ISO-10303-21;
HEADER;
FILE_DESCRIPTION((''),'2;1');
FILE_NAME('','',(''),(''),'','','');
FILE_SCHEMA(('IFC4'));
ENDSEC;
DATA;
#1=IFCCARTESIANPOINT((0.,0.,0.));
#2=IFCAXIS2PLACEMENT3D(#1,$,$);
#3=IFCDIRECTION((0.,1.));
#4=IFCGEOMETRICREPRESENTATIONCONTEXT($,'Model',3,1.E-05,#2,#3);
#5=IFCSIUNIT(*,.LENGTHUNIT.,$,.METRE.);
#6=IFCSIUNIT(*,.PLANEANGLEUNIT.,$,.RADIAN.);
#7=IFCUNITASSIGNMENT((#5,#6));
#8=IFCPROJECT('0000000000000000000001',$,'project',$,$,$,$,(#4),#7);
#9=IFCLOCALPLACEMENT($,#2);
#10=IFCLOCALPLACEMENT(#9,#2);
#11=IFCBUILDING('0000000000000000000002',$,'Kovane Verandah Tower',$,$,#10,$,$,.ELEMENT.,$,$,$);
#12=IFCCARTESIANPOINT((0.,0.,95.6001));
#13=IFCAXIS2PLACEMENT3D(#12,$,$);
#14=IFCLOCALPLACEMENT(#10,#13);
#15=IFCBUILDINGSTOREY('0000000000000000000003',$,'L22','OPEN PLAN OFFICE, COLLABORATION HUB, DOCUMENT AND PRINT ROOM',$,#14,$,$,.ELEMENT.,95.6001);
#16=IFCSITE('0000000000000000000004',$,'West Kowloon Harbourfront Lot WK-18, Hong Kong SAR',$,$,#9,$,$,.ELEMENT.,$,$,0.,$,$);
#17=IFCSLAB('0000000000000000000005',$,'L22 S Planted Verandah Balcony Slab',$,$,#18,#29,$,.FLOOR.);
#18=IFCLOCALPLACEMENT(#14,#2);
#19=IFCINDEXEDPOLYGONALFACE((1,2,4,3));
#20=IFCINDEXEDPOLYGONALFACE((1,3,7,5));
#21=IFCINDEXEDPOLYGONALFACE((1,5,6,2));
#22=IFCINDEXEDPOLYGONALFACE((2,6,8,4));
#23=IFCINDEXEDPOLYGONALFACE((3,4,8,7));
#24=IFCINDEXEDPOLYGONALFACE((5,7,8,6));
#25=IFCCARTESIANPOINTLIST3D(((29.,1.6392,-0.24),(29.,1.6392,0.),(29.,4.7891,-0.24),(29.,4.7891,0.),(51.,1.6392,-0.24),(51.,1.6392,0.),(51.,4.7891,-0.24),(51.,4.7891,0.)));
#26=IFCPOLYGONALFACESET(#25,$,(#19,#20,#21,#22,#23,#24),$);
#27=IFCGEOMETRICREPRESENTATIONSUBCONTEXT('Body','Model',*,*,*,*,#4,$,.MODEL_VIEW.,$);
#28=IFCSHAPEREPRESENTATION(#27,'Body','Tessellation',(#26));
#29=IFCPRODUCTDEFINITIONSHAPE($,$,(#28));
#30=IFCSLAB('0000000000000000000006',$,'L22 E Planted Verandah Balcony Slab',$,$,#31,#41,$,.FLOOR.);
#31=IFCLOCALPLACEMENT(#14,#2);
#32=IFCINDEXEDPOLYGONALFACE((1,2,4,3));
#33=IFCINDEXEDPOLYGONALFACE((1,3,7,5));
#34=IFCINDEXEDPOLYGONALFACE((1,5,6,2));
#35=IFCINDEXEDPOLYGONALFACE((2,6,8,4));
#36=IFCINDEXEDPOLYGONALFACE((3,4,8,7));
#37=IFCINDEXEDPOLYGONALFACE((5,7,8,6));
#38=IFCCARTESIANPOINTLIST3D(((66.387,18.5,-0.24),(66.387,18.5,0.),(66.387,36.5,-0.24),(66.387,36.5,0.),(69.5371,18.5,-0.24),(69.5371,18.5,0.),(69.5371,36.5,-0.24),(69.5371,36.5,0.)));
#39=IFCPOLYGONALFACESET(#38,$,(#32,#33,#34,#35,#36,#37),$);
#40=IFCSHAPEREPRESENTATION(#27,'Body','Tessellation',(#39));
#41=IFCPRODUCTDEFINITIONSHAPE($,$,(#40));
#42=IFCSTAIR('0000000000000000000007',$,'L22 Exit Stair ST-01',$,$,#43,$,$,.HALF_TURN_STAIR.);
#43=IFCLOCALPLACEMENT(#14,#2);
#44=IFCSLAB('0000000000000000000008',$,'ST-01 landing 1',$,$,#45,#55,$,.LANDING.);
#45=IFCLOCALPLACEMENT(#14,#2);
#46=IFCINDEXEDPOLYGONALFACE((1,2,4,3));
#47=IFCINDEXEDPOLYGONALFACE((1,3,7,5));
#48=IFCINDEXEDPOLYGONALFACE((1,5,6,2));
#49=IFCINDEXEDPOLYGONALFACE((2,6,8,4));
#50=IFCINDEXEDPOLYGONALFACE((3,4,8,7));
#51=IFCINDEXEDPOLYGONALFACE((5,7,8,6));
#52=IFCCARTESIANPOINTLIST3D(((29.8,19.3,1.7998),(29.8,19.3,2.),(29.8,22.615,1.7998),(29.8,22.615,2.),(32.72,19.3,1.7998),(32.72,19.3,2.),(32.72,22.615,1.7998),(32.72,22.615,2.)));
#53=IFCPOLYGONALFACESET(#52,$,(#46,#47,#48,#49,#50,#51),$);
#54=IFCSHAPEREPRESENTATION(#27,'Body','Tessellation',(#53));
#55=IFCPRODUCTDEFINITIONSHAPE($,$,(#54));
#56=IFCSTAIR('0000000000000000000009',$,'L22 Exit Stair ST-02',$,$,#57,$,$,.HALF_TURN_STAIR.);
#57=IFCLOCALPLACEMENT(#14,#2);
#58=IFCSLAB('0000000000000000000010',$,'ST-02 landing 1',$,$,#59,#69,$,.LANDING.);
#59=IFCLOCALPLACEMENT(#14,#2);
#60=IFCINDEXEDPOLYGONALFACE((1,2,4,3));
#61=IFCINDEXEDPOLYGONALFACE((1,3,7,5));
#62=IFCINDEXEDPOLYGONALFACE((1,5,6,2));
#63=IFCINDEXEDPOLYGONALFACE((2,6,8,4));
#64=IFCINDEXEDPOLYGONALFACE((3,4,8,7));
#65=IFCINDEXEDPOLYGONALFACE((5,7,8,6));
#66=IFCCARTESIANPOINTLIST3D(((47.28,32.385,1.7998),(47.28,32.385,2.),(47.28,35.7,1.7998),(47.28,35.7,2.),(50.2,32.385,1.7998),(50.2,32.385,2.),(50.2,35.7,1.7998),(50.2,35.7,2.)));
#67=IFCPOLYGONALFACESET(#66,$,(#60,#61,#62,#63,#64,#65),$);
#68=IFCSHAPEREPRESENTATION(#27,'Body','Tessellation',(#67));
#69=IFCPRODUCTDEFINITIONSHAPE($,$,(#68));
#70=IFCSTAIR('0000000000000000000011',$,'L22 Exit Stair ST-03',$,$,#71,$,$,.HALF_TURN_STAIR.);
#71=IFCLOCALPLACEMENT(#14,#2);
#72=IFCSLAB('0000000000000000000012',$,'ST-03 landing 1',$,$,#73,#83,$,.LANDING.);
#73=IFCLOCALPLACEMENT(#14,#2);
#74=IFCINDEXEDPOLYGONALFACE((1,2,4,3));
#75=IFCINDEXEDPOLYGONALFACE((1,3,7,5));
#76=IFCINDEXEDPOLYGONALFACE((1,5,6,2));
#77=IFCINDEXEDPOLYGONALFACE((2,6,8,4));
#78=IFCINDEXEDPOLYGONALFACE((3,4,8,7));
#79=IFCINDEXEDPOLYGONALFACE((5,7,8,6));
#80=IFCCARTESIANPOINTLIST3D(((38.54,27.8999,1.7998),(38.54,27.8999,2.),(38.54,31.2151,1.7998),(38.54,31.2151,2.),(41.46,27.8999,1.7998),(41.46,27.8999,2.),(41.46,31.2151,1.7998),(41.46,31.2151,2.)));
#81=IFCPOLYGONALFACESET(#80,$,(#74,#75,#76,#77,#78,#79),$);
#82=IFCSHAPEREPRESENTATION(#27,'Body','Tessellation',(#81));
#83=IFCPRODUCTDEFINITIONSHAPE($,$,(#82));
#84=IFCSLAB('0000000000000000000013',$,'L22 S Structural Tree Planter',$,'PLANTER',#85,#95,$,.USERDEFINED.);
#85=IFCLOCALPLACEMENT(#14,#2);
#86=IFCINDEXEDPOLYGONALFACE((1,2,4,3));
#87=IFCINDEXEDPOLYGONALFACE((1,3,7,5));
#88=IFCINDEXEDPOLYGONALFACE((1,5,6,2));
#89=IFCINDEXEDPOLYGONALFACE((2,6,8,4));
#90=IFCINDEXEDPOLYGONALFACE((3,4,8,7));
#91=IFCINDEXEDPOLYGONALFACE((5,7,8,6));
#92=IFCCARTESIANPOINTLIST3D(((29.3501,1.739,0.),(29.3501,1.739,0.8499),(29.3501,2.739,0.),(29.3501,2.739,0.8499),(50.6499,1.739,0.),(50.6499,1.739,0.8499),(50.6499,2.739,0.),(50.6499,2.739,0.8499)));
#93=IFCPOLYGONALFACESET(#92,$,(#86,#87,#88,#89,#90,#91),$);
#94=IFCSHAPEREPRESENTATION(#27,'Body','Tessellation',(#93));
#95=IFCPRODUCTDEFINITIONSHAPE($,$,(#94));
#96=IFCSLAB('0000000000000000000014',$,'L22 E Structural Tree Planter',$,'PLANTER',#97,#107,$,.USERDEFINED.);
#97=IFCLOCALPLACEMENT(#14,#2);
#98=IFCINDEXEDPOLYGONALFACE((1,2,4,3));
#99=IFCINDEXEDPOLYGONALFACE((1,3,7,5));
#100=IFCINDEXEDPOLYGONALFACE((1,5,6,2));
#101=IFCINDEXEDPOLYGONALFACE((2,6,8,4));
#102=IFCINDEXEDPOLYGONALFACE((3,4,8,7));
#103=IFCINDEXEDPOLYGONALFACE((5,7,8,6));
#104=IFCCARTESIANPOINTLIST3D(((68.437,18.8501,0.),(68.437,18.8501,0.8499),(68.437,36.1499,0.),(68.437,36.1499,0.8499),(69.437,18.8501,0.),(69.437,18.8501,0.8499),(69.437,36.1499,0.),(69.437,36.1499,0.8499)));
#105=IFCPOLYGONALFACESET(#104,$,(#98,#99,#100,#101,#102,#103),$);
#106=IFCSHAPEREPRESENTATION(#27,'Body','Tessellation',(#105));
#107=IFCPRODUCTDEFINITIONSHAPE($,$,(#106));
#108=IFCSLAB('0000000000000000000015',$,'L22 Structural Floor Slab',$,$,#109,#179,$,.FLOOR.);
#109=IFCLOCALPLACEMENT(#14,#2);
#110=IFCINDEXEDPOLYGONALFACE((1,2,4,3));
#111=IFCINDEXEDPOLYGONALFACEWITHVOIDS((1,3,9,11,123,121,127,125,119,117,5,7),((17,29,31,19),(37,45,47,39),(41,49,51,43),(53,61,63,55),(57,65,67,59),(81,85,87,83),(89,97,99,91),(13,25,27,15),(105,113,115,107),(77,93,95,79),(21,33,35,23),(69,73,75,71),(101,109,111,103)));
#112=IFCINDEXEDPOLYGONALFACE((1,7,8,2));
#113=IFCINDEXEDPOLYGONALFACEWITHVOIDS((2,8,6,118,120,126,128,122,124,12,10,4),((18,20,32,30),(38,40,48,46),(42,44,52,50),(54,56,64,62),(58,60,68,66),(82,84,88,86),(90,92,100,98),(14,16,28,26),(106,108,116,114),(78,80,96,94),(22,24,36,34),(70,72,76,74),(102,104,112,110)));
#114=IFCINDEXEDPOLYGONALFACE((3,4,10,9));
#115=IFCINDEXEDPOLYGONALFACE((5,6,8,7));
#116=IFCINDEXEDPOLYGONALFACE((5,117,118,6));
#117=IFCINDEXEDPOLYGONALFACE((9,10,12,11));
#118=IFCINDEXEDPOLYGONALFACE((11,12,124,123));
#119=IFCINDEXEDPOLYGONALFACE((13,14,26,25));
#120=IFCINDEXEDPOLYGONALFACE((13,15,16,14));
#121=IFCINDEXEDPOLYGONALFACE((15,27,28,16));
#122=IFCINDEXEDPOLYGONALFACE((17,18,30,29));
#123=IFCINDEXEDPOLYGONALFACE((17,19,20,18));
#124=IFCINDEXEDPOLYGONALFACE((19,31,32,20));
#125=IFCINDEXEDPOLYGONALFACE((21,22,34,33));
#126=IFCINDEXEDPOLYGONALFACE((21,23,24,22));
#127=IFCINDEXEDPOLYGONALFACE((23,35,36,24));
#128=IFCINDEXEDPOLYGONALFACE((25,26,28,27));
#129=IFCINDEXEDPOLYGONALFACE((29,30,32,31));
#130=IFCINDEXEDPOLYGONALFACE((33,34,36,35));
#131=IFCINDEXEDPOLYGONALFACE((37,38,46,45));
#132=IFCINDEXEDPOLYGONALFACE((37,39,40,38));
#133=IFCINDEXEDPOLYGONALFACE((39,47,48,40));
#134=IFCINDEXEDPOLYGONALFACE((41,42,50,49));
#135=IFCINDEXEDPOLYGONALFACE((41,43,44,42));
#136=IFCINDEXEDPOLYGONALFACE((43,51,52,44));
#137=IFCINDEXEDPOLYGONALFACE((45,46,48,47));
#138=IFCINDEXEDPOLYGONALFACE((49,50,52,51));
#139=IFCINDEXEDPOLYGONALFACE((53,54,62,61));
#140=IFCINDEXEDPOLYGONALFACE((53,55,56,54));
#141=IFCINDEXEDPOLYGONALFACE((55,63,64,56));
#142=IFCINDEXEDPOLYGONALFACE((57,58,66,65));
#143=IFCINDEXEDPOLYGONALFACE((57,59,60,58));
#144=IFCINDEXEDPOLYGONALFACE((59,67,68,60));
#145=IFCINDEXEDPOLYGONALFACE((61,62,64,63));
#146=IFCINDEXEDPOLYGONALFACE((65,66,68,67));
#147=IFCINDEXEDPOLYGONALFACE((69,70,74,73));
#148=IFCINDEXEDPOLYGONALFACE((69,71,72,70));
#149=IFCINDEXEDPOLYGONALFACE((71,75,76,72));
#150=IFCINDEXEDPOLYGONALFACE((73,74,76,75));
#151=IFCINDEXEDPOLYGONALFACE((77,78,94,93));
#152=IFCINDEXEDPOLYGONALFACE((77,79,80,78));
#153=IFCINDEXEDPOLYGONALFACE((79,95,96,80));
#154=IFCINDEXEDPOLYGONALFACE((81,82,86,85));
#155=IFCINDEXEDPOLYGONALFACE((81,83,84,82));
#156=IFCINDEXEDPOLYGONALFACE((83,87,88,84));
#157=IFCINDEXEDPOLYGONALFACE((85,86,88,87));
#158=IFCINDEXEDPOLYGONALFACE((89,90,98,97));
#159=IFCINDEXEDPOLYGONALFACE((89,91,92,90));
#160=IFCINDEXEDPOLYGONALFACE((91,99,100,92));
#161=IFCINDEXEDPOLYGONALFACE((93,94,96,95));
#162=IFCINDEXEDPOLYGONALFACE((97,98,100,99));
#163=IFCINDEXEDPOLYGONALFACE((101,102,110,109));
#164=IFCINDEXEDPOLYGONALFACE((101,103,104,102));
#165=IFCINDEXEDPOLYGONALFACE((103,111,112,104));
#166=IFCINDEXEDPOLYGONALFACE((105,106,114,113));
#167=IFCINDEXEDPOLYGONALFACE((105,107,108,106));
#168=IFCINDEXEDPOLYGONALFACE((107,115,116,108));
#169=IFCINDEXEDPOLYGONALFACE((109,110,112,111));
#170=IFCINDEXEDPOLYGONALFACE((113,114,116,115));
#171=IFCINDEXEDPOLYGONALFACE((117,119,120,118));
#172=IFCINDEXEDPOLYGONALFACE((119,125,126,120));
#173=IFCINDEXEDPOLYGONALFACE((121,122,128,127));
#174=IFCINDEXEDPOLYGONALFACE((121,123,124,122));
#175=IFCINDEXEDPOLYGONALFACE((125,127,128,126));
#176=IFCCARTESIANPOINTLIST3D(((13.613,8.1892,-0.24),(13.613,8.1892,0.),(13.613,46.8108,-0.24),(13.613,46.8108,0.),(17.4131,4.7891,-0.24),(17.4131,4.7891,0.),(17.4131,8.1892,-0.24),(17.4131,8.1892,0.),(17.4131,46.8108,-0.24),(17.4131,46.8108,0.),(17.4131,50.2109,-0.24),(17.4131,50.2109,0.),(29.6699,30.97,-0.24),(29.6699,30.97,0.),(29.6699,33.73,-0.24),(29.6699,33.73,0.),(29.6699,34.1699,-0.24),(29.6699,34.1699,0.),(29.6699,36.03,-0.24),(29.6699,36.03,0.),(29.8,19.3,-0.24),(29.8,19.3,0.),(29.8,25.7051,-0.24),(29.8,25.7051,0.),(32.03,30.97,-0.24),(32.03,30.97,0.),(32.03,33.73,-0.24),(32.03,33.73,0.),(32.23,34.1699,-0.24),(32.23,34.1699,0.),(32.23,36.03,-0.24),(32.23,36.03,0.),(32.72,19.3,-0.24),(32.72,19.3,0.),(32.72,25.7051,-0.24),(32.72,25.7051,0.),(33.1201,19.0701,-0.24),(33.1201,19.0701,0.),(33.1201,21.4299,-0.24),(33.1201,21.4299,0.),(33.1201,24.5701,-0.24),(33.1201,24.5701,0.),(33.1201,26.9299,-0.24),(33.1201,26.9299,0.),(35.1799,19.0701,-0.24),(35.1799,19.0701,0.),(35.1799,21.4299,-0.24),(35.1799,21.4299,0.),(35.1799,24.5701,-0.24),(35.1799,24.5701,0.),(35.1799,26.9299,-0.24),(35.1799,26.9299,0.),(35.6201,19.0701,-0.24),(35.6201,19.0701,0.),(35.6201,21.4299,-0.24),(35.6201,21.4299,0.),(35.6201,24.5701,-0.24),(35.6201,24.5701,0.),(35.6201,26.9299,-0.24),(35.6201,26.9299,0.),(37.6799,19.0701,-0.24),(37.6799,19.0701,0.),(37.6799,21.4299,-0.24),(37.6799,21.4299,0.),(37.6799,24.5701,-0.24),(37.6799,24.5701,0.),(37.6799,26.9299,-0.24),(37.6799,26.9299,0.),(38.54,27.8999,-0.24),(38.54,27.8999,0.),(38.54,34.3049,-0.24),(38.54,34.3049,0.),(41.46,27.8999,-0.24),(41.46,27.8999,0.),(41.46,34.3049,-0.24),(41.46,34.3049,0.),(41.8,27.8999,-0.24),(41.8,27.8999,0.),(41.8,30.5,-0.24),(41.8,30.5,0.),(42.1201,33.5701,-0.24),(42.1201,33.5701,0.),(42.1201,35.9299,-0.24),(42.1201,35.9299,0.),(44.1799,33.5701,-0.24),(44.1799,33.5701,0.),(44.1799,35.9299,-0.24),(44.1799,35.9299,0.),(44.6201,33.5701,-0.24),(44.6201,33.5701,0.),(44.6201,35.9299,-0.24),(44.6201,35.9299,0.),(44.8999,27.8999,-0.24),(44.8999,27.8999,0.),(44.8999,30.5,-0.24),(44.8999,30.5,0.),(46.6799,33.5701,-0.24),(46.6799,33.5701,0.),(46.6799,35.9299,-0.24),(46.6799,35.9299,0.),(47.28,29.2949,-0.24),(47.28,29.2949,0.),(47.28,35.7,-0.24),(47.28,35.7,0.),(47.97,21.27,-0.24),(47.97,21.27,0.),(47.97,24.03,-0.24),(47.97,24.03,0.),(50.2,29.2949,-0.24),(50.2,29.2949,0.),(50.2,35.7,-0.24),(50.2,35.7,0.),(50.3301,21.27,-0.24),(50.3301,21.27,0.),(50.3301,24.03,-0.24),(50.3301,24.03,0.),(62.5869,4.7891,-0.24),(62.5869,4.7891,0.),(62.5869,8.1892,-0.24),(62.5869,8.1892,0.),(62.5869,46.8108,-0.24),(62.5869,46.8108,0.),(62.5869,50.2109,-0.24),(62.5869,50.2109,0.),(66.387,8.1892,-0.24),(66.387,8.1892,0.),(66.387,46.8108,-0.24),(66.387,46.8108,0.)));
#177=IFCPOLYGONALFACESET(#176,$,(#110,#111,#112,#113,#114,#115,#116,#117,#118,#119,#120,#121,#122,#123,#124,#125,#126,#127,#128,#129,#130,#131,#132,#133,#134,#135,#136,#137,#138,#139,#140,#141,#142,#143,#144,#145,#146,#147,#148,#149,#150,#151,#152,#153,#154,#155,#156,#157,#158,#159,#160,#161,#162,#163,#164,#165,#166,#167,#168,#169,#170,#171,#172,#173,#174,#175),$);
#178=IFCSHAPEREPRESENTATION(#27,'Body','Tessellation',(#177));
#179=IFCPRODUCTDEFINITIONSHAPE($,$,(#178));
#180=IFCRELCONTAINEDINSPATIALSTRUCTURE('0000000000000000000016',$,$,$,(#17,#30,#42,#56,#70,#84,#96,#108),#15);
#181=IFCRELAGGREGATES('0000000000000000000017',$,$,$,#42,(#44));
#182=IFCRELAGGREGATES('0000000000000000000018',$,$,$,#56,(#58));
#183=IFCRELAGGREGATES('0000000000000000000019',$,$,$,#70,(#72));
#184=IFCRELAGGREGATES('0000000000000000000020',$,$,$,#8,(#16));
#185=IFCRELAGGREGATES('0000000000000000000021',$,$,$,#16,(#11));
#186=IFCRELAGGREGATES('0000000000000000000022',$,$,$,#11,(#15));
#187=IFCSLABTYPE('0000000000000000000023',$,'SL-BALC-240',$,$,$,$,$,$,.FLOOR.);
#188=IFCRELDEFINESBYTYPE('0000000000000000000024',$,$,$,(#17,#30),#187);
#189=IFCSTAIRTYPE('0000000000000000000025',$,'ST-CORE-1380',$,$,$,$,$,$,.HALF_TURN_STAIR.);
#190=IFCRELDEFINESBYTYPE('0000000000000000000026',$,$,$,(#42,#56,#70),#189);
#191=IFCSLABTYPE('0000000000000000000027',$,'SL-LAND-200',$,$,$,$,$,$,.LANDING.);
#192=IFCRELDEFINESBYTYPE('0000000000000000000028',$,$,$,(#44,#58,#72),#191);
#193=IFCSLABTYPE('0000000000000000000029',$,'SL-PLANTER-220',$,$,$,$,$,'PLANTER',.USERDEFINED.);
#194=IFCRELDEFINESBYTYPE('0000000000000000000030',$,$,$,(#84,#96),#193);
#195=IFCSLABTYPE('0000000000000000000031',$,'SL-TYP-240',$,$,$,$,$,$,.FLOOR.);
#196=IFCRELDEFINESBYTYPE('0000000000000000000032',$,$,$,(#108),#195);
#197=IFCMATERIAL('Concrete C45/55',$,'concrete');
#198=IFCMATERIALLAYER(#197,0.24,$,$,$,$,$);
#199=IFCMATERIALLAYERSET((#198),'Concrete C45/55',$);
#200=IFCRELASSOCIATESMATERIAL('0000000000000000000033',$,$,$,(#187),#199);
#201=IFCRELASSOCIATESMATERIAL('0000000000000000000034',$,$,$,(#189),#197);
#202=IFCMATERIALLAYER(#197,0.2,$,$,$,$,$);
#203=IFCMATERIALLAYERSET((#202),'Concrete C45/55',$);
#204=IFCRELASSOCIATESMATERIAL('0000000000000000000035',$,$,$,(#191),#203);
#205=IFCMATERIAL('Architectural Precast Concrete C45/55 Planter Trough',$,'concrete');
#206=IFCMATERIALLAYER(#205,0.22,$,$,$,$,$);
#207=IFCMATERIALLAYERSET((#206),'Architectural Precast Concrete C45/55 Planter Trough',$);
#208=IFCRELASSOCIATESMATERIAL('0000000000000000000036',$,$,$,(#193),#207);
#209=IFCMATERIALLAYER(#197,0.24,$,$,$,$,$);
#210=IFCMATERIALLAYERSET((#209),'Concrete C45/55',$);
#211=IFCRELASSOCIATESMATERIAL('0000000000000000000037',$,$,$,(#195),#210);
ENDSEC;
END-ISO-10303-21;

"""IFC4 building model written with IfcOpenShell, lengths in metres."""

from ifc_helpers import new_model, si_unit, direction, frame, origin, place, context, subcontext, project, spatial, polyline, outline, extrude, material, layer, layer_set, type_object, element, aggregate, save


model = new_model("IFC4")

# Units and contexts
model_context = context("Model", 3, precision=1e-05, world=origin(), true_north=direction((0.0, 1.0)))
body_context = subcontext(model_context, "Body", "Model", "MODEL_VIEW")
ifc_project = project(units=[si_unit("LENGTHUNIT", "METRE"), si_unit("PLANEANGLEUNIT", "RADIAN")], contexts=[model_context])

# Site, building, storey
site_placement = place(None, origin())
site = spatial("IfcSite", under=ifc_project, at=site_placement, Name="West Kowloon Harbourfront Lot WK-18, Hong Kong SAR", CompositionType="ELEMENT", RefElevation=0.0)
building_placement = place(site_placement, origin())
building = spatial("IfcBuilding", under=site, at=building_placement, Name="Kovane Verandah Tower", CompositionType="ELEMENT")
storey_placement = place(building_placement, frame((0.0, 0.0, 95.6001)))
storey = spatial("IfcBuildingStorey", under=building, at=storey_placement, Name="L22", Description="OPEN PLAN OFFICE, COLLABORATION HUB, DOCUMENT AND PRINT ROOM", CompositionType="ELEMENT", Elevation=95.6001)

# Slabs
ifc_material_1 = material(Name="Concrete C45/55", Category="concrete")
ifc_layer_1 = layer(ifc_material_1, 0.24)
ifc_layer_set_1 = layer_set([ifc_layer_1], Name="Concrete C45/55")
slab_type_1 = type_object("IfcSlabType", Name="SL-BALC-240", PredefinedType="FLOOR", material=ifc_layer_set_1)
slab_1_placement = place(storey_placement, frame((0.0, 0.0, -0.24)))
element("IfcSlab", 1, at=slab_1_placement, inside=storey, type_object=slab_type_1, Name="L22 S Planted Verandah Balcony Slab", PredefinedType="FLOOR", context=body_context, shape_type="SweptSolid", body=[
    extrude(outline(polyline([(29.0, 1.6392), (51.0, 1.6392), (51.0, 4.7891), (29.0, 4.7891), (29.0, 1.6392)])), origin(), (0.0, 0.0, 1.0), 0.24),
])
slab_2_placement = place(storey_placement, frame((0.0, 0.0, -0.24)))
element("IfcSlab", 2, at=slab_2_placement, inside=storey, type_object=slab_type_1, Name="L22 E Planted Verandah Balcony Slab", PredefinedType="FLOOR", context=body_context, shape_type="SweptSolid", body=[
    extrude(outline(polyline([(66.387, 18.5), (69.5371, 18.5), (69.5371, 36.5), (66.387, 36.5), (66.387, 18.5)])), origin(), (0.0, 0.0, 1.0), 0.24),
])

# Stairs, slabs
stair_type = type_object("IfcStairType", Name="ST-CORE-1380", PredefinedType="HALF_TURN_STAIR", material=ifc_material_1)
stair_1_placement = place(storey_placement, origin())
stair_1 = element("IfcStair", 3, at=stair_1_placement, inside=storey, type_object=stair_type, Name="L22 Exit Stair ST-01", PredefinedType="HALF_TURN_STAIR")
ifc_layer_2 = layer(ifc_material_1, 0.2)
ifc_layer_set_2 = layer_set([ifc_layer_2], Name="Concrete C45/55")
slab_type_2 = type_object("IfcSlabType", Name="SL-LAND-200", PredefinedType="LANDING", material=ifc_layer_set_2)
slab_3_placement = place(storey_placement, frame((0.0, 0.0, 1.7998)))
slab_3 = element("IfcSlab", 4, at=slab_3_placement, type_object=slab_type_2, Name="ST-01 landing 1", PredefinedType="LANDING", context=body_context, shape_type="SweptSolid", body=[
    extrude(outline(polyline([(29.8, 22.615), (29.8, 19.3), (32.72, 19.3), (32.72, 22.615), (29.8, 22.615)])), origin(), (0.0, 0.0, 1.0), 0.2002),
])
aggregate(stair_1, [slab_3])
stair_2_placement = place(storey_placement, origin())
stair_2 = element("IfcStair", 5, at=stair_2_placement, inside=storey, type_object=stair_type, Name="L22 Exit Stair ST-02", PredefinedType="HALF_TURN_STAIR")
slab_4_placement = place(storey_placement, frame((0.0, 0.0, 1.7998)))
slab_4 = element("IfcSlab", 6, at=slab_4_placement, type_object=slab_type_2, Name="ST-02 landing 1", PredefinedType="LANDING", context=body_context, shape_type="SweptSolid", body=[
    extrude(outline(polyline([(50.2, 32.385), (50.2, 35.7), (47.28, 35.7), (47.28, 32.385), (50.2, 32.385)])), origin(), (0.0, 0.0, 1.0), 0.2002),
])
aggregate(stair_2, [slab_4])
stair_3_placement = place(storey_placement, origin())
stair_3 = element("IfcStair", 7, at=stair_3_placement, inside=storey, type_object=stair_type, Name="L22 Exit Stair ST-03", PredefinedType="HALF_TURN_STAIR")
slab_5_placement = place(storey_placement, frame((0.0, 0.0, 1.7998)))
slab_5 = element("IfcSlab", 8, at=slab_5_placement, type_object=slab_type_2, Name="ST-03 landing 1", PredefinedType="LANDING", context=body_context, shape_type="SweptSolid", body=[
    extrude(outline(polyline([(38.54, 31.2151), (38.54, 27.8999), (41.46, 27.8999), (41.46, 31.2151), (38.54, 31.2151)])), origin(), (0.0, 0.0, 1.0), 0.2002),
])
aggregate(stair_3, [slab_5])

# Slabs
ifc_material_2 = material(Name="Architectural Precast Concrete C45/55 Planter Trough", Category="concrete")
ifc_layer_3 = layer(ifc_material_2, 0.22)
ifc_layer_set_3 = layer_set([ifc_layer_3], Name="Architectural Precast Concrete C45/55 Planter Trough")
slab_type_3 = type_object("IfcSlabType", Name="SL-PLANTER-220", ElementType="PLANTER", PredefinedType="USERDEFINED", material=ifc_layer_set_3)
slab_6_placement = place(storey_placement, origin())
element("IfcSlab", 9, at=slab_6_placement, inside=storey, type_object=slab_type_3, Name="L22 S Structural Tree Planter", ObjectType="PLANTER", PredefinedType="USERDEFINED", context=body_context, shape_type="SweptSolid", body=[
    extrude(outline(polyline([(29.3501, 1.739), (50.6499, 1.739), (50.6499, 2.739), (29.3501, 2.739), (29.3501, 1.739)])), origin(), (0.0, 0.0, 1.0), 0.8499),
])
slab_7_placement = place(storey_placement, origin())
element("IfcSlab", 10, at=slab_7_placement, inside=storey, type_object=slab_type_3, Name="L22 E Structural Tree Planter", ObjectType="PLANTER", PredefinedType="USERDEFINED", context=body_context, shape_type="SweptSolid", body=[
    extrude(outline(polyline([(68.437, 18.8501), (69.437, 18.8501), (69.437, 36.1499), (68.437, 36.1499), (68.437, 18.8501)])), origin(), (0.0, 0.0, 1.0), 0.8499),
])
ifc_layer_4 = layer(ifc_material_1, 0.24)
ifc_layer_set_4 = layer_set([ifc_layer_4], Name="Concrete C45/55")
slab_type_4 = type_object("IfcSlabType", Name="SL-TYP-240", PredefinedType="FLOOR", material=ifc_layer_set_4)
slab_8_placement = place(storey_placement, frame((0.0, 0.0, -0.24)))
element("IfcSlab", 11, at=slab_8_placement, inside=storey, type_object=slab_type_4, Name="L22 Structural Floor Slab", PredefinedType="FLOOR", context=body_context, shape_type="SweptSolid", body=[
    extrude(outline(polyline([(17.4131, 4.7891), (62.5869, 4.7891), (62.5869, 8.1892), (66.387, 8.1892), (66.387, 46.8108), (62.5869, 46.8108), (62.5869, 50.2109), (17.4131, 50.2109), (17.4131, 46.8108), (13.613, 46.8108), (13.613, 8.1892), (17.4131, 8.1892), (17.4131, 4.7891)]), holes=[polyline([(29.8, 19.3), (32.72, 19.3), (32.72, 25.7051), (29.8, 25.7051), (29.8, 19.3)]), polyline([(47.28, 29.2949), (50.2, 29.2949), (50.2, 35.7), (47.28, 35.7), (47.28, 29.2949)]), polyline([(38.54, 27.8999), (41.46, 27.8999), (41.46, 34.3049), (38.54, 34.3049), (38.54, 27.8999)]), polyline([(29.6699, 30.97), (32.03, 30.97), (32.03, 33.73), (29.6699, 33.73), (29.6699, 30.97)]), polyline([(47.97, 21.27), (50.3301, 21.27), (50.3301, 24.03), (47.97, 24.03), (47.97, 21.27)]), polyline([(29.6699, 34.1699), (32.23, 34.1699), (32.23, 36.03), (29.6699, 36.03), (29.6699, 34.1699)]), polyline([(33.1201, 19.0701), (35.1799, 19.0701), (35.1799, 21.4299), (33.1201, 21.4299), (33.1201, 19.0701)]), polyline([(35.6201, 19.0701), (37.6799, 19.0701), (37.6799, 21.4299), (35.6201, 21.4299), (35.6201, 19.0701)]), polyline([(33.1201, 24.5701), (35.1799, 24.5701), (35.1799, 26.9299), (33.1201, 26.9299), (33.1201, 24.5701)]), polyline([(35.6201, 24.5701), (37.6799, 24.5701), (37.6799, 26.9299), (35.6201, 26.9299), (35.6201, 24.5701)]), polyline([(42.1201, 33.5701), (44.1799, 33.5701), (44.1799, 35.9299), (42.1201, 35.9299), (42.1201, 33.5701)]), polyline([(44.6201, 33.5701), (46.6799, 33.5701), (46.6799, 35.9299), (44.6201, 35.9299), (44.6201, 33.5701)]), polyline([(41.8, 27.8999), (44.8999, 27.8999), (44.8999, 30.5), (41.8, 30.5), (41.8, 27.8999)])]), origin(), (0.0, 0.0, 1.0), 0.24),
])

save(model, "model.ifc")
